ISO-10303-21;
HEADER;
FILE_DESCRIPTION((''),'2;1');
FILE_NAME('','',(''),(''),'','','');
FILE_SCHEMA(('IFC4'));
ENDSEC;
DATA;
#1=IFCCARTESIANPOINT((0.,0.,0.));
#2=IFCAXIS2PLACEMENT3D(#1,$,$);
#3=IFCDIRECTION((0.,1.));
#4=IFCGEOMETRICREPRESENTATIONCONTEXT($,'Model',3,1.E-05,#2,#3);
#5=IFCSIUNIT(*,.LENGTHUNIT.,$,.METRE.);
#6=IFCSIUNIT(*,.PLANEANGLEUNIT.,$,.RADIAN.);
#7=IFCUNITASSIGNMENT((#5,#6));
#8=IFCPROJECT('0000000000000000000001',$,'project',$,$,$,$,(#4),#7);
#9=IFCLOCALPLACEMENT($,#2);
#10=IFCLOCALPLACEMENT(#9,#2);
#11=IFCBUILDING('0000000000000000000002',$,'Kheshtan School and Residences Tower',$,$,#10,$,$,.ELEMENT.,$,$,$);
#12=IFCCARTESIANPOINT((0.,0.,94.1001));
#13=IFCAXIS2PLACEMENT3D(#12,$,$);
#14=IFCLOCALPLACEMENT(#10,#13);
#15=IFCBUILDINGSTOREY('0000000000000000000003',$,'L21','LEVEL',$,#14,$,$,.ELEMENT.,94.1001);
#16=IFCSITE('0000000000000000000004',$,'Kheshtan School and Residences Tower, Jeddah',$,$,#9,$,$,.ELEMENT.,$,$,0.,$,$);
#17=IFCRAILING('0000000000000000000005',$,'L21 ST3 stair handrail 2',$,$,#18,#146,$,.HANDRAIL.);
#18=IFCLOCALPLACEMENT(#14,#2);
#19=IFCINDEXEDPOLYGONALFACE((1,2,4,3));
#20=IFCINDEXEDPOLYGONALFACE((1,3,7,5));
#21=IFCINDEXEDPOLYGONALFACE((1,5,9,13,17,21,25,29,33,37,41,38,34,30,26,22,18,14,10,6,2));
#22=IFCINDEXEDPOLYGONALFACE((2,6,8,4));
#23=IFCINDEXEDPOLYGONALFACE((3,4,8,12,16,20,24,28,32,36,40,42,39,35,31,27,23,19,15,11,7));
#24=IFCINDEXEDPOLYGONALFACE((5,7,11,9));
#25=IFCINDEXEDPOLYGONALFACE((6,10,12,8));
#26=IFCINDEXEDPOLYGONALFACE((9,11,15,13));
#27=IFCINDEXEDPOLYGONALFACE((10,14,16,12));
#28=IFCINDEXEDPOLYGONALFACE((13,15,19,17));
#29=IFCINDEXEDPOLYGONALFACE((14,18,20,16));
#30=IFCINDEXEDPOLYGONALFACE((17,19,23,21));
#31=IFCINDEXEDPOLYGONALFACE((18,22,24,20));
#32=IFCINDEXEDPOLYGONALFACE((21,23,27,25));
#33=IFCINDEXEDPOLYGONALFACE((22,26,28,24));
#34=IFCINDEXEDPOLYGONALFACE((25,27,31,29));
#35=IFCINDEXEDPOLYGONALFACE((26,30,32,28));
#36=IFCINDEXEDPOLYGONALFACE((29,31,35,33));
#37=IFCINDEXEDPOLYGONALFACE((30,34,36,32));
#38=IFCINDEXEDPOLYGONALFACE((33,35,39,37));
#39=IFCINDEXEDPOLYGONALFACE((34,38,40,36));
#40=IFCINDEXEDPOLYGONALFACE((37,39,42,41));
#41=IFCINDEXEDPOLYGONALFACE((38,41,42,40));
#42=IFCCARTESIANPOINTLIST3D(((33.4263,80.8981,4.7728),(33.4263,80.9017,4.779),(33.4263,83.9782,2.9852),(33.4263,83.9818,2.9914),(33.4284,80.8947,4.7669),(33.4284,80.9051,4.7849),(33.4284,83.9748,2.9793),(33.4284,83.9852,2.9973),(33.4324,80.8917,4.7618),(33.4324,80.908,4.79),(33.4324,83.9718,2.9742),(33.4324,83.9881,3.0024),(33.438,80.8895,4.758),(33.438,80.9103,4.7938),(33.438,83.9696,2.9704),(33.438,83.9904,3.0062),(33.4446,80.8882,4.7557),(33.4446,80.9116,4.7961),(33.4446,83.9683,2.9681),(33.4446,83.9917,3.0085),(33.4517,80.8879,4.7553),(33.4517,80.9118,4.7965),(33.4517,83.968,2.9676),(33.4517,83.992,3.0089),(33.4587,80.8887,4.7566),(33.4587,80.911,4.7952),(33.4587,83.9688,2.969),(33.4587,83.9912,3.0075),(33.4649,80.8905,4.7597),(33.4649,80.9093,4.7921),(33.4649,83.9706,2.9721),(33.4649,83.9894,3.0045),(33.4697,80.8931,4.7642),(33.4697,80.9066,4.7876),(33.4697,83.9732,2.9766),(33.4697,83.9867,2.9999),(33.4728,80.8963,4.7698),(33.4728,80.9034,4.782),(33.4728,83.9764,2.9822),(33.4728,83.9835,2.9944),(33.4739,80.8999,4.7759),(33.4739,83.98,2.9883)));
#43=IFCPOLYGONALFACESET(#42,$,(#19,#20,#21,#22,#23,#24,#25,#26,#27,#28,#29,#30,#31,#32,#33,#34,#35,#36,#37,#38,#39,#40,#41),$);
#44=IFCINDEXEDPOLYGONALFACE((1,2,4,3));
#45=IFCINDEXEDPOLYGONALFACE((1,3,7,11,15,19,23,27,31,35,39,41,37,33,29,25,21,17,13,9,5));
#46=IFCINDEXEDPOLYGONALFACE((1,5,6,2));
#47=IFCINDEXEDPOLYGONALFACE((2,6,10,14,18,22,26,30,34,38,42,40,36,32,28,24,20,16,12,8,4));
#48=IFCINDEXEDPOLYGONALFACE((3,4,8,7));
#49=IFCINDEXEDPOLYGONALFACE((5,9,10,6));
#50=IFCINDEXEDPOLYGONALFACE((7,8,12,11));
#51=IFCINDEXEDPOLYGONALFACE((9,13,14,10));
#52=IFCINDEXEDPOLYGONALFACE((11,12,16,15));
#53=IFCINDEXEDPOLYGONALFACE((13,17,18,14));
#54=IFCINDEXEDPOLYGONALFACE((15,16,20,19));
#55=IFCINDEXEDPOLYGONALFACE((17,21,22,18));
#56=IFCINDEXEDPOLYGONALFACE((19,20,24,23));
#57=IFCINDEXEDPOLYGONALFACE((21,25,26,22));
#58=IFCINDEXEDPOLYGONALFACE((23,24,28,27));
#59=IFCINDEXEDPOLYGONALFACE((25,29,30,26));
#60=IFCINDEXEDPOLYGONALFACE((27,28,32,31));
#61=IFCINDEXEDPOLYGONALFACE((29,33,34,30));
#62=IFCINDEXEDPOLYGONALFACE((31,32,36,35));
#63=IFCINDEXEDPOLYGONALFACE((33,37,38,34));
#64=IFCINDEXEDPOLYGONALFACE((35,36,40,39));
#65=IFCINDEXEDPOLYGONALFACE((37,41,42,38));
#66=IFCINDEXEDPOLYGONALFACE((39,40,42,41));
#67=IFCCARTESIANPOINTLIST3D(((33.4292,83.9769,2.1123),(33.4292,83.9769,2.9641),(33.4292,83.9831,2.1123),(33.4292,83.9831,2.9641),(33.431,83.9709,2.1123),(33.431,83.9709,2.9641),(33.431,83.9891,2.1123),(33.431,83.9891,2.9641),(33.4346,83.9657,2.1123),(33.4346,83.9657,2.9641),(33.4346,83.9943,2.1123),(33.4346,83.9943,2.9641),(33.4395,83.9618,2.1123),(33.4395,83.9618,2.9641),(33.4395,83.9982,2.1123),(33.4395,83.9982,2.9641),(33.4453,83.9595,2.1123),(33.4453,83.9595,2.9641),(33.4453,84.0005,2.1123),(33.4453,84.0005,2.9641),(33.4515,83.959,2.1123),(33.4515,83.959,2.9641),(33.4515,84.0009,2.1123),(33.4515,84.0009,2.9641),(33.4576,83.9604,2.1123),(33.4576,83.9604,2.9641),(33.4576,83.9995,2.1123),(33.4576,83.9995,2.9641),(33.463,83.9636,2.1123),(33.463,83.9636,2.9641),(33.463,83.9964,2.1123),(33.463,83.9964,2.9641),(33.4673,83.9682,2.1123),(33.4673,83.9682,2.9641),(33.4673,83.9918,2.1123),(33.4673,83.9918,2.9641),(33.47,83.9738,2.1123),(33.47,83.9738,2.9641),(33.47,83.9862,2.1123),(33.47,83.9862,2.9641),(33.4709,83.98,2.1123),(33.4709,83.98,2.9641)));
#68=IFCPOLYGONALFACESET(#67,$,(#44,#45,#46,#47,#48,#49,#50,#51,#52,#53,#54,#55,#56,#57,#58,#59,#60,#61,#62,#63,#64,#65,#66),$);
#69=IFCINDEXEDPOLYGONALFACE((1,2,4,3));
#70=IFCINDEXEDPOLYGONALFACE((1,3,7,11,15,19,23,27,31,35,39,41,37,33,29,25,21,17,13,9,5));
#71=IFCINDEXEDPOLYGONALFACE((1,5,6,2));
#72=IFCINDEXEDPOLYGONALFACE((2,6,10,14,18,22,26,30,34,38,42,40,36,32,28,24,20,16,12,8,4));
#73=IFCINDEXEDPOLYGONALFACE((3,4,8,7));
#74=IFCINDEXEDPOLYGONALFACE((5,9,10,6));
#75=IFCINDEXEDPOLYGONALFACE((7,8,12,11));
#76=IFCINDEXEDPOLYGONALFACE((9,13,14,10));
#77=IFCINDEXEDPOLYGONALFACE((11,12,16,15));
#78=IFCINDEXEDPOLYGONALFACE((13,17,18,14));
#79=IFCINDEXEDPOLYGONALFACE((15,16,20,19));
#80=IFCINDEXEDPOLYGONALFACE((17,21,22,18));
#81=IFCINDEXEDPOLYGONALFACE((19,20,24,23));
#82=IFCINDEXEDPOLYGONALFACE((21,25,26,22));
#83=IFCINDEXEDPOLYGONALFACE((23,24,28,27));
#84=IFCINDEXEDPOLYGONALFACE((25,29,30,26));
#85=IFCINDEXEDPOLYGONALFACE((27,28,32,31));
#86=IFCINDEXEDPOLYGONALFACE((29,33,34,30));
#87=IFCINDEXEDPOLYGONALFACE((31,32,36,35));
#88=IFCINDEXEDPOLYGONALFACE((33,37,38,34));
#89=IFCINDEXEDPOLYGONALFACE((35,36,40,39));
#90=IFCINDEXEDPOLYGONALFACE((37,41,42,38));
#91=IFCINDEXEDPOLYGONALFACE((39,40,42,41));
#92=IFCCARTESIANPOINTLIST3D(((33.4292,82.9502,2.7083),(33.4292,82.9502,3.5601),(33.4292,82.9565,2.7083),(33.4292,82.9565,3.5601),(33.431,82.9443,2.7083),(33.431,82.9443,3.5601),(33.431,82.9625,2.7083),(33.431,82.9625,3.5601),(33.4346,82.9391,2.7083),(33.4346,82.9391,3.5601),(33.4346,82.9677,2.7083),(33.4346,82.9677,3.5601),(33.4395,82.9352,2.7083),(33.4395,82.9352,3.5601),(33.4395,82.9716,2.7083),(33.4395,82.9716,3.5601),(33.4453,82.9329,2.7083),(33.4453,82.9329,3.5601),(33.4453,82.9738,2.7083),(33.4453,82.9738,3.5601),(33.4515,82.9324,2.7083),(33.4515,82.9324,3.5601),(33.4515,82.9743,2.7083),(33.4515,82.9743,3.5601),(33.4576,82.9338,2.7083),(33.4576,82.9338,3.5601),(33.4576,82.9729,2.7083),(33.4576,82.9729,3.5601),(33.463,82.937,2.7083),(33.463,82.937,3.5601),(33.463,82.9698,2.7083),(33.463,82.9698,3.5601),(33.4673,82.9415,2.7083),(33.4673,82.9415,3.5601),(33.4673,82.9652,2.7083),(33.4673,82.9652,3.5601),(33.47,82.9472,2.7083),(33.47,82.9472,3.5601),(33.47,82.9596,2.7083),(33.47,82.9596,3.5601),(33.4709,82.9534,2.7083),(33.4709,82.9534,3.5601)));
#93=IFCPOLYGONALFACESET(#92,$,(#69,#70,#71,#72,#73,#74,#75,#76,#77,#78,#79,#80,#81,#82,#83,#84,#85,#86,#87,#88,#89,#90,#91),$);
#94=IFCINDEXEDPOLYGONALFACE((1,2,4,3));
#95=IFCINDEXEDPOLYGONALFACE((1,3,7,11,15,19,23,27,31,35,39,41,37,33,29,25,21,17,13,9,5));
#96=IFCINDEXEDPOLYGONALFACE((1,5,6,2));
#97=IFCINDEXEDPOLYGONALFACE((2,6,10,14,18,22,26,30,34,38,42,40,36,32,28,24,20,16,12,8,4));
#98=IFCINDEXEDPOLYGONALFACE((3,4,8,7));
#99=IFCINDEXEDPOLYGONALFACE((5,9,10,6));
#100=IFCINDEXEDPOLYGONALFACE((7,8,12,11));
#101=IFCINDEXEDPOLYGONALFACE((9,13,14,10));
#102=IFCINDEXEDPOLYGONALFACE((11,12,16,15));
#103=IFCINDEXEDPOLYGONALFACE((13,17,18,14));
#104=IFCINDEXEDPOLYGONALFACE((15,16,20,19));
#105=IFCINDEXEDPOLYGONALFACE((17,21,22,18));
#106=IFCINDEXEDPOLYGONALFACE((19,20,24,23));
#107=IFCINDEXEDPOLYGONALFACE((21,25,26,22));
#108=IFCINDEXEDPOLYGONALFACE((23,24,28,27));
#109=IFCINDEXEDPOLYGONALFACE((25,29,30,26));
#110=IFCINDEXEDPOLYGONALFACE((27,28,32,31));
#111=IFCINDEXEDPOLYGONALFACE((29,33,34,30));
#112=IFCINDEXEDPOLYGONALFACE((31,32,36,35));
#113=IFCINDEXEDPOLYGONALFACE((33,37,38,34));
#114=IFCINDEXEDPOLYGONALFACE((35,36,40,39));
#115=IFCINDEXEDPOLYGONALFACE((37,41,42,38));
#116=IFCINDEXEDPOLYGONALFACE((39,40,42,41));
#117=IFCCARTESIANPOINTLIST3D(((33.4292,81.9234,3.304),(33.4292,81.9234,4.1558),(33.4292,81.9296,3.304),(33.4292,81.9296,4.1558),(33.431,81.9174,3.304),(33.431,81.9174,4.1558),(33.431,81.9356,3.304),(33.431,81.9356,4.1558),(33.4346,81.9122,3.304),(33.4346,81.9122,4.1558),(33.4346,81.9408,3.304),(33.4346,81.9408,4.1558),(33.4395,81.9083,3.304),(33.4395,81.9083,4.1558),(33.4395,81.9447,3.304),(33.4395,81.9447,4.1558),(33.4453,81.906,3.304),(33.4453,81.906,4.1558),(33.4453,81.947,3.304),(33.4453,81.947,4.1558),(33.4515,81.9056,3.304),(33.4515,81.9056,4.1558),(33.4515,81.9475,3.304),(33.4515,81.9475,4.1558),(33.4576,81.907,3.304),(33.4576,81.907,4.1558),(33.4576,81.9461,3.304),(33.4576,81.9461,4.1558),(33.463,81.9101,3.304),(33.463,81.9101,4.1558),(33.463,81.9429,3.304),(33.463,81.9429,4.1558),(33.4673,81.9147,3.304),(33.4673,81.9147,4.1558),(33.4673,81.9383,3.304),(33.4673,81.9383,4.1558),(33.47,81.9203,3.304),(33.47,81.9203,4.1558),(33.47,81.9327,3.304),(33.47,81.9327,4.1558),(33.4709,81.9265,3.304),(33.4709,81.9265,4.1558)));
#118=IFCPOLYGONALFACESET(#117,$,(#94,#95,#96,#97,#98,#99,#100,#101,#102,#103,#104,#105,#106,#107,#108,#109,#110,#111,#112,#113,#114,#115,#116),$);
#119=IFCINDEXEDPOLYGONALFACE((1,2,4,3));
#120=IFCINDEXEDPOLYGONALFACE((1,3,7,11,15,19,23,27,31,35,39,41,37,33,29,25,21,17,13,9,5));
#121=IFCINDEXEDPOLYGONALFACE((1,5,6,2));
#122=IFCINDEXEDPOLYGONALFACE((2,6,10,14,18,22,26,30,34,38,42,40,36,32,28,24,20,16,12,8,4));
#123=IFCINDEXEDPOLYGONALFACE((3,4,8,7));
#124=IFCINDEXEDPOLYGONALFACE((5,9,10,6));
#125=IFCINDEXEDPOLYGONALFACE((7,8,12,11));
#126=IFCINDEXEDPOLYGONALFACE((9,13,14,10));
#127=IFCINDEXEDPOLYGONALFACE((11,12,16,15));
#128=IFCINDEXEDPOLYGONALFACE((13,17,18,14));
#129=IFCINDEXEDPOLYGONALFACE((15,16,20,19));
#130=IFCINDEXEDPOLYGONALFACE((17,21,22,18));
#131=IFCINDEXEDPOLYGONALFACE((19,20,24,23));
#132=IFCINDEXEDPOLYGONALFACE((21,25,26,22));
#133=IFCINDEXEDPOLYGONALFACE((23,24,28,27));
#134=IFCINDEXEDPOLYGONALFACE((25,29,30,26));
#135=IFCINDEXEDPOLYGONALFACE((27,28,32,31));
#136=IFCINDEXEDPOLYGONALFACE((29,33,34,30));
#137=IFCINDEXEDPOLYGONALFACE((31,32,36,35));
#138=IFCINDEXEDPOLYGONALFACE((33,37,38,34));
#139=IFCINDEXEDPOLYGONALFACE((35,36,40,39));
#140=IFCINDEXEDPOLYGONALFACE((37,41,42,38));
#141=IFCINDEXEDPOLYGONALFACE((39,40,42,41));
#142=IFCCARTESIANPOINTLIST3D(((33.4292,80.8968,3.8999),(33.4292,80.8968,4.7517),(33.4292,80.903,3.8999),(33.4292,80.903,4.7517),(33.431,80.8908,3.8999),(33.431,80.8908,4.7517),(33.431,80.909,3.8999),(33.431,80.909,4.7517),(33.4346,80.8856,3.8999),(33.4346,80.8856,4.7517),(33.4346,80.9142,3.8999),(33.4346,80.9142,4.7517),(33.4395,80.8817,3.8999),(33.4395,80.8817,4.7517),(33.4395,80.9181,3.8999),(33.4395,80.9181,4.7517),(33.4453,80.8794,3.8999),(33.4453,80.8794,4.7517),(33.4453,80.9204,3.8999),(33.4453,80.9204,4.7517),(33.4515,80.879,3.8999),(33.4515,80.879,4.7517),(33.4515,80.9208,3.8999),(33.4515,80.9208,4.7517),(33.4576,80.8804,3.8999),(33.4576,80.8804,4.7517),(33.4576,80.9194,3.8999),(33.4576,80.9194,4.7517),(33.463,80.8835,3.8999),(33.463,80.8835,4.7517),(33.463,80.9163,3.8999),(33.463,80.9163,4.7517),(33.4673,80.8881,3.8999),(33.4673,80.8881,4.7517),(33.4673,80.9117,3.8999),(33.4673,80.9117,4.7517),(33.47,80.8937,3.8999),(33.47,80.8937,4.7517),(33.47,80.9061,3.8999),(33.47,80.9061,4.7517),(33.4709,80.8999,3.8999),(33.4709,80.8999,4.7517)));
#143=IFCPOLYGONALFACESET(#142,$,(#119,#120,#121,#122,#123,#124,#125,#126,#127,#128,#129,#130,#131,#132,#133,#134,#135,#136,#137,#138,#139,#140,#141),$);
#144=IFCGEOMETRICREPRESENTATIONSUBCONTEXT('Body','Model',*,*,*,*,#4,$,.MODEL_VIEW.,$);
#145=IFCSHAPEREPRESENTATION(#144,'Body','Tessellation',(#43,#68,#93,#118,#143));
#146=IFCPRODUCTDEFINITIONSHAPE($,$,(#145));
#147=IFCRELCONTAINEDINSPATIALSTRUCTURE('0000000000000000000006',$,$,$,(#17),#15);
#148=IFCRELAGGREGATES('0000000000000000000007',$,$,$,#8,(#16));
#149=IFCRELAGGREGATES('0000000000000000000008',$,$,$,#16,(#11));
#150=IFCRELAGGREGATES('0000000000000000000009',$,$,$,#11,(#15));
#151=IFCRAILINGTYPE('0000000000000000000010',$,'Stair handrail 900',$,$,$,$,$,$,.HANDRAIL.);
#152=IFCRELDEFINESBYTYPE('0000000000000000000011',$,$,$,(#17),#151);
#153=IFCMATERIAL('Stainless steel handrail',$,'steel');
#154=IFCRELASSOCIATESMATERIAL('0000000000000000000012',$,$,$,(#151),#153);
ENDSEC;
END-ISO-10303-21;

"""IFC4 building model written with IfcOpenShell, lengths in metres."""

from ifc_helpers import new_model, si_unit, direction, frame, origin, origin_2d, place, context, subcontext, project, spatial, circle, extrude, material, type_object, element, save


model = new_model("IFC4")

# Units and contexts
model_context = context("Model", 3, precision=1e-05, world=origin(), true_north=direction((0.0, 1.0)))
body_context = subcontext(model_context, "Body", "Model", "MODEL_VIEW")
ifc_project = project(units=[si_unit("LENGTHUNIT", "METRE"), si_unit("PLANEANGLEUNIT", "RADIAN")], contexts=[model_context])

# Site, building, storey
site_placement = place(None, origin())
site = spatial("IfcSite", under=ifc_project, at=site_placement, Name="Kheshtan School and Residences Tower, Jeddah", CompositionType="ELEMENT", RefElevation=0.0)
building_placement = place(site_placement, origin())
building = spatial("IfcBuilding", under=site, at=building_placement, Name="Kheshtan School and Residences Tower", CompositionType="ELEMENT")
storey_placement = place(building_placement, frame((0.0, 0.0, 94.1001)))
storey = spatial("IfcBuildingStorey", under=building, at=storey_placement, Name="L21", Description="LEVEL", CompositionType="ELEMENT", Elevation=94.1001)

# Railing
ifc_material_1 = material(Name="Stainless steel handrail", Category="steel")
railing_type_1 = type_object("IfcRailingType", Name="Stair handrail 900", PredefinedType="HANDRAIL", material=ifc_material_1)
railing_1_placement = place(storey_placement, frame((33.45, 83.98, 2.1123)))
element("IfcRailing", 1, at=railing_1_placement, inside=storey, type_object=railing_type_1, Name="L21 ST3 stair handrail 2", PredefinedType="HANDRAIL", context=body_context, shape_type="SweptSolid", body=[
    extrude(circle(Radius=0.0239, at=origin_2d()), frame((0.0, 0.0, 0.876), z_axis=(0.0, -0.864891, 0.50196), x_axis=(1.0, 0.0, 0.0)), (0.0, 0.0, 1.0), 3.5613),
    extrude(circle(Radius=0.021, at=origin_2d()), origin(), (0.0, 0.0, 1.0), 0.8518),
    extrude(circle(Radius=0.021, at=origin_2d()), frame((0.0, -1.0266, 0.5959)), (0.0, 0.0, 1.0), 0.8518),
    extrude(circle(Radius=0.021, at=origin_2d()), frame((0.0, -2.0535, 1.1917)), (0.0, 0.0, 1.0), 0.8518),
    extrude(circle(Radius=0.021, at=origin_2d()), frame((0.0, -3.0801, 1.7876)), (0.0, 0.0, 1.0), 0.8518),
])

save(model, "model.ifc")
